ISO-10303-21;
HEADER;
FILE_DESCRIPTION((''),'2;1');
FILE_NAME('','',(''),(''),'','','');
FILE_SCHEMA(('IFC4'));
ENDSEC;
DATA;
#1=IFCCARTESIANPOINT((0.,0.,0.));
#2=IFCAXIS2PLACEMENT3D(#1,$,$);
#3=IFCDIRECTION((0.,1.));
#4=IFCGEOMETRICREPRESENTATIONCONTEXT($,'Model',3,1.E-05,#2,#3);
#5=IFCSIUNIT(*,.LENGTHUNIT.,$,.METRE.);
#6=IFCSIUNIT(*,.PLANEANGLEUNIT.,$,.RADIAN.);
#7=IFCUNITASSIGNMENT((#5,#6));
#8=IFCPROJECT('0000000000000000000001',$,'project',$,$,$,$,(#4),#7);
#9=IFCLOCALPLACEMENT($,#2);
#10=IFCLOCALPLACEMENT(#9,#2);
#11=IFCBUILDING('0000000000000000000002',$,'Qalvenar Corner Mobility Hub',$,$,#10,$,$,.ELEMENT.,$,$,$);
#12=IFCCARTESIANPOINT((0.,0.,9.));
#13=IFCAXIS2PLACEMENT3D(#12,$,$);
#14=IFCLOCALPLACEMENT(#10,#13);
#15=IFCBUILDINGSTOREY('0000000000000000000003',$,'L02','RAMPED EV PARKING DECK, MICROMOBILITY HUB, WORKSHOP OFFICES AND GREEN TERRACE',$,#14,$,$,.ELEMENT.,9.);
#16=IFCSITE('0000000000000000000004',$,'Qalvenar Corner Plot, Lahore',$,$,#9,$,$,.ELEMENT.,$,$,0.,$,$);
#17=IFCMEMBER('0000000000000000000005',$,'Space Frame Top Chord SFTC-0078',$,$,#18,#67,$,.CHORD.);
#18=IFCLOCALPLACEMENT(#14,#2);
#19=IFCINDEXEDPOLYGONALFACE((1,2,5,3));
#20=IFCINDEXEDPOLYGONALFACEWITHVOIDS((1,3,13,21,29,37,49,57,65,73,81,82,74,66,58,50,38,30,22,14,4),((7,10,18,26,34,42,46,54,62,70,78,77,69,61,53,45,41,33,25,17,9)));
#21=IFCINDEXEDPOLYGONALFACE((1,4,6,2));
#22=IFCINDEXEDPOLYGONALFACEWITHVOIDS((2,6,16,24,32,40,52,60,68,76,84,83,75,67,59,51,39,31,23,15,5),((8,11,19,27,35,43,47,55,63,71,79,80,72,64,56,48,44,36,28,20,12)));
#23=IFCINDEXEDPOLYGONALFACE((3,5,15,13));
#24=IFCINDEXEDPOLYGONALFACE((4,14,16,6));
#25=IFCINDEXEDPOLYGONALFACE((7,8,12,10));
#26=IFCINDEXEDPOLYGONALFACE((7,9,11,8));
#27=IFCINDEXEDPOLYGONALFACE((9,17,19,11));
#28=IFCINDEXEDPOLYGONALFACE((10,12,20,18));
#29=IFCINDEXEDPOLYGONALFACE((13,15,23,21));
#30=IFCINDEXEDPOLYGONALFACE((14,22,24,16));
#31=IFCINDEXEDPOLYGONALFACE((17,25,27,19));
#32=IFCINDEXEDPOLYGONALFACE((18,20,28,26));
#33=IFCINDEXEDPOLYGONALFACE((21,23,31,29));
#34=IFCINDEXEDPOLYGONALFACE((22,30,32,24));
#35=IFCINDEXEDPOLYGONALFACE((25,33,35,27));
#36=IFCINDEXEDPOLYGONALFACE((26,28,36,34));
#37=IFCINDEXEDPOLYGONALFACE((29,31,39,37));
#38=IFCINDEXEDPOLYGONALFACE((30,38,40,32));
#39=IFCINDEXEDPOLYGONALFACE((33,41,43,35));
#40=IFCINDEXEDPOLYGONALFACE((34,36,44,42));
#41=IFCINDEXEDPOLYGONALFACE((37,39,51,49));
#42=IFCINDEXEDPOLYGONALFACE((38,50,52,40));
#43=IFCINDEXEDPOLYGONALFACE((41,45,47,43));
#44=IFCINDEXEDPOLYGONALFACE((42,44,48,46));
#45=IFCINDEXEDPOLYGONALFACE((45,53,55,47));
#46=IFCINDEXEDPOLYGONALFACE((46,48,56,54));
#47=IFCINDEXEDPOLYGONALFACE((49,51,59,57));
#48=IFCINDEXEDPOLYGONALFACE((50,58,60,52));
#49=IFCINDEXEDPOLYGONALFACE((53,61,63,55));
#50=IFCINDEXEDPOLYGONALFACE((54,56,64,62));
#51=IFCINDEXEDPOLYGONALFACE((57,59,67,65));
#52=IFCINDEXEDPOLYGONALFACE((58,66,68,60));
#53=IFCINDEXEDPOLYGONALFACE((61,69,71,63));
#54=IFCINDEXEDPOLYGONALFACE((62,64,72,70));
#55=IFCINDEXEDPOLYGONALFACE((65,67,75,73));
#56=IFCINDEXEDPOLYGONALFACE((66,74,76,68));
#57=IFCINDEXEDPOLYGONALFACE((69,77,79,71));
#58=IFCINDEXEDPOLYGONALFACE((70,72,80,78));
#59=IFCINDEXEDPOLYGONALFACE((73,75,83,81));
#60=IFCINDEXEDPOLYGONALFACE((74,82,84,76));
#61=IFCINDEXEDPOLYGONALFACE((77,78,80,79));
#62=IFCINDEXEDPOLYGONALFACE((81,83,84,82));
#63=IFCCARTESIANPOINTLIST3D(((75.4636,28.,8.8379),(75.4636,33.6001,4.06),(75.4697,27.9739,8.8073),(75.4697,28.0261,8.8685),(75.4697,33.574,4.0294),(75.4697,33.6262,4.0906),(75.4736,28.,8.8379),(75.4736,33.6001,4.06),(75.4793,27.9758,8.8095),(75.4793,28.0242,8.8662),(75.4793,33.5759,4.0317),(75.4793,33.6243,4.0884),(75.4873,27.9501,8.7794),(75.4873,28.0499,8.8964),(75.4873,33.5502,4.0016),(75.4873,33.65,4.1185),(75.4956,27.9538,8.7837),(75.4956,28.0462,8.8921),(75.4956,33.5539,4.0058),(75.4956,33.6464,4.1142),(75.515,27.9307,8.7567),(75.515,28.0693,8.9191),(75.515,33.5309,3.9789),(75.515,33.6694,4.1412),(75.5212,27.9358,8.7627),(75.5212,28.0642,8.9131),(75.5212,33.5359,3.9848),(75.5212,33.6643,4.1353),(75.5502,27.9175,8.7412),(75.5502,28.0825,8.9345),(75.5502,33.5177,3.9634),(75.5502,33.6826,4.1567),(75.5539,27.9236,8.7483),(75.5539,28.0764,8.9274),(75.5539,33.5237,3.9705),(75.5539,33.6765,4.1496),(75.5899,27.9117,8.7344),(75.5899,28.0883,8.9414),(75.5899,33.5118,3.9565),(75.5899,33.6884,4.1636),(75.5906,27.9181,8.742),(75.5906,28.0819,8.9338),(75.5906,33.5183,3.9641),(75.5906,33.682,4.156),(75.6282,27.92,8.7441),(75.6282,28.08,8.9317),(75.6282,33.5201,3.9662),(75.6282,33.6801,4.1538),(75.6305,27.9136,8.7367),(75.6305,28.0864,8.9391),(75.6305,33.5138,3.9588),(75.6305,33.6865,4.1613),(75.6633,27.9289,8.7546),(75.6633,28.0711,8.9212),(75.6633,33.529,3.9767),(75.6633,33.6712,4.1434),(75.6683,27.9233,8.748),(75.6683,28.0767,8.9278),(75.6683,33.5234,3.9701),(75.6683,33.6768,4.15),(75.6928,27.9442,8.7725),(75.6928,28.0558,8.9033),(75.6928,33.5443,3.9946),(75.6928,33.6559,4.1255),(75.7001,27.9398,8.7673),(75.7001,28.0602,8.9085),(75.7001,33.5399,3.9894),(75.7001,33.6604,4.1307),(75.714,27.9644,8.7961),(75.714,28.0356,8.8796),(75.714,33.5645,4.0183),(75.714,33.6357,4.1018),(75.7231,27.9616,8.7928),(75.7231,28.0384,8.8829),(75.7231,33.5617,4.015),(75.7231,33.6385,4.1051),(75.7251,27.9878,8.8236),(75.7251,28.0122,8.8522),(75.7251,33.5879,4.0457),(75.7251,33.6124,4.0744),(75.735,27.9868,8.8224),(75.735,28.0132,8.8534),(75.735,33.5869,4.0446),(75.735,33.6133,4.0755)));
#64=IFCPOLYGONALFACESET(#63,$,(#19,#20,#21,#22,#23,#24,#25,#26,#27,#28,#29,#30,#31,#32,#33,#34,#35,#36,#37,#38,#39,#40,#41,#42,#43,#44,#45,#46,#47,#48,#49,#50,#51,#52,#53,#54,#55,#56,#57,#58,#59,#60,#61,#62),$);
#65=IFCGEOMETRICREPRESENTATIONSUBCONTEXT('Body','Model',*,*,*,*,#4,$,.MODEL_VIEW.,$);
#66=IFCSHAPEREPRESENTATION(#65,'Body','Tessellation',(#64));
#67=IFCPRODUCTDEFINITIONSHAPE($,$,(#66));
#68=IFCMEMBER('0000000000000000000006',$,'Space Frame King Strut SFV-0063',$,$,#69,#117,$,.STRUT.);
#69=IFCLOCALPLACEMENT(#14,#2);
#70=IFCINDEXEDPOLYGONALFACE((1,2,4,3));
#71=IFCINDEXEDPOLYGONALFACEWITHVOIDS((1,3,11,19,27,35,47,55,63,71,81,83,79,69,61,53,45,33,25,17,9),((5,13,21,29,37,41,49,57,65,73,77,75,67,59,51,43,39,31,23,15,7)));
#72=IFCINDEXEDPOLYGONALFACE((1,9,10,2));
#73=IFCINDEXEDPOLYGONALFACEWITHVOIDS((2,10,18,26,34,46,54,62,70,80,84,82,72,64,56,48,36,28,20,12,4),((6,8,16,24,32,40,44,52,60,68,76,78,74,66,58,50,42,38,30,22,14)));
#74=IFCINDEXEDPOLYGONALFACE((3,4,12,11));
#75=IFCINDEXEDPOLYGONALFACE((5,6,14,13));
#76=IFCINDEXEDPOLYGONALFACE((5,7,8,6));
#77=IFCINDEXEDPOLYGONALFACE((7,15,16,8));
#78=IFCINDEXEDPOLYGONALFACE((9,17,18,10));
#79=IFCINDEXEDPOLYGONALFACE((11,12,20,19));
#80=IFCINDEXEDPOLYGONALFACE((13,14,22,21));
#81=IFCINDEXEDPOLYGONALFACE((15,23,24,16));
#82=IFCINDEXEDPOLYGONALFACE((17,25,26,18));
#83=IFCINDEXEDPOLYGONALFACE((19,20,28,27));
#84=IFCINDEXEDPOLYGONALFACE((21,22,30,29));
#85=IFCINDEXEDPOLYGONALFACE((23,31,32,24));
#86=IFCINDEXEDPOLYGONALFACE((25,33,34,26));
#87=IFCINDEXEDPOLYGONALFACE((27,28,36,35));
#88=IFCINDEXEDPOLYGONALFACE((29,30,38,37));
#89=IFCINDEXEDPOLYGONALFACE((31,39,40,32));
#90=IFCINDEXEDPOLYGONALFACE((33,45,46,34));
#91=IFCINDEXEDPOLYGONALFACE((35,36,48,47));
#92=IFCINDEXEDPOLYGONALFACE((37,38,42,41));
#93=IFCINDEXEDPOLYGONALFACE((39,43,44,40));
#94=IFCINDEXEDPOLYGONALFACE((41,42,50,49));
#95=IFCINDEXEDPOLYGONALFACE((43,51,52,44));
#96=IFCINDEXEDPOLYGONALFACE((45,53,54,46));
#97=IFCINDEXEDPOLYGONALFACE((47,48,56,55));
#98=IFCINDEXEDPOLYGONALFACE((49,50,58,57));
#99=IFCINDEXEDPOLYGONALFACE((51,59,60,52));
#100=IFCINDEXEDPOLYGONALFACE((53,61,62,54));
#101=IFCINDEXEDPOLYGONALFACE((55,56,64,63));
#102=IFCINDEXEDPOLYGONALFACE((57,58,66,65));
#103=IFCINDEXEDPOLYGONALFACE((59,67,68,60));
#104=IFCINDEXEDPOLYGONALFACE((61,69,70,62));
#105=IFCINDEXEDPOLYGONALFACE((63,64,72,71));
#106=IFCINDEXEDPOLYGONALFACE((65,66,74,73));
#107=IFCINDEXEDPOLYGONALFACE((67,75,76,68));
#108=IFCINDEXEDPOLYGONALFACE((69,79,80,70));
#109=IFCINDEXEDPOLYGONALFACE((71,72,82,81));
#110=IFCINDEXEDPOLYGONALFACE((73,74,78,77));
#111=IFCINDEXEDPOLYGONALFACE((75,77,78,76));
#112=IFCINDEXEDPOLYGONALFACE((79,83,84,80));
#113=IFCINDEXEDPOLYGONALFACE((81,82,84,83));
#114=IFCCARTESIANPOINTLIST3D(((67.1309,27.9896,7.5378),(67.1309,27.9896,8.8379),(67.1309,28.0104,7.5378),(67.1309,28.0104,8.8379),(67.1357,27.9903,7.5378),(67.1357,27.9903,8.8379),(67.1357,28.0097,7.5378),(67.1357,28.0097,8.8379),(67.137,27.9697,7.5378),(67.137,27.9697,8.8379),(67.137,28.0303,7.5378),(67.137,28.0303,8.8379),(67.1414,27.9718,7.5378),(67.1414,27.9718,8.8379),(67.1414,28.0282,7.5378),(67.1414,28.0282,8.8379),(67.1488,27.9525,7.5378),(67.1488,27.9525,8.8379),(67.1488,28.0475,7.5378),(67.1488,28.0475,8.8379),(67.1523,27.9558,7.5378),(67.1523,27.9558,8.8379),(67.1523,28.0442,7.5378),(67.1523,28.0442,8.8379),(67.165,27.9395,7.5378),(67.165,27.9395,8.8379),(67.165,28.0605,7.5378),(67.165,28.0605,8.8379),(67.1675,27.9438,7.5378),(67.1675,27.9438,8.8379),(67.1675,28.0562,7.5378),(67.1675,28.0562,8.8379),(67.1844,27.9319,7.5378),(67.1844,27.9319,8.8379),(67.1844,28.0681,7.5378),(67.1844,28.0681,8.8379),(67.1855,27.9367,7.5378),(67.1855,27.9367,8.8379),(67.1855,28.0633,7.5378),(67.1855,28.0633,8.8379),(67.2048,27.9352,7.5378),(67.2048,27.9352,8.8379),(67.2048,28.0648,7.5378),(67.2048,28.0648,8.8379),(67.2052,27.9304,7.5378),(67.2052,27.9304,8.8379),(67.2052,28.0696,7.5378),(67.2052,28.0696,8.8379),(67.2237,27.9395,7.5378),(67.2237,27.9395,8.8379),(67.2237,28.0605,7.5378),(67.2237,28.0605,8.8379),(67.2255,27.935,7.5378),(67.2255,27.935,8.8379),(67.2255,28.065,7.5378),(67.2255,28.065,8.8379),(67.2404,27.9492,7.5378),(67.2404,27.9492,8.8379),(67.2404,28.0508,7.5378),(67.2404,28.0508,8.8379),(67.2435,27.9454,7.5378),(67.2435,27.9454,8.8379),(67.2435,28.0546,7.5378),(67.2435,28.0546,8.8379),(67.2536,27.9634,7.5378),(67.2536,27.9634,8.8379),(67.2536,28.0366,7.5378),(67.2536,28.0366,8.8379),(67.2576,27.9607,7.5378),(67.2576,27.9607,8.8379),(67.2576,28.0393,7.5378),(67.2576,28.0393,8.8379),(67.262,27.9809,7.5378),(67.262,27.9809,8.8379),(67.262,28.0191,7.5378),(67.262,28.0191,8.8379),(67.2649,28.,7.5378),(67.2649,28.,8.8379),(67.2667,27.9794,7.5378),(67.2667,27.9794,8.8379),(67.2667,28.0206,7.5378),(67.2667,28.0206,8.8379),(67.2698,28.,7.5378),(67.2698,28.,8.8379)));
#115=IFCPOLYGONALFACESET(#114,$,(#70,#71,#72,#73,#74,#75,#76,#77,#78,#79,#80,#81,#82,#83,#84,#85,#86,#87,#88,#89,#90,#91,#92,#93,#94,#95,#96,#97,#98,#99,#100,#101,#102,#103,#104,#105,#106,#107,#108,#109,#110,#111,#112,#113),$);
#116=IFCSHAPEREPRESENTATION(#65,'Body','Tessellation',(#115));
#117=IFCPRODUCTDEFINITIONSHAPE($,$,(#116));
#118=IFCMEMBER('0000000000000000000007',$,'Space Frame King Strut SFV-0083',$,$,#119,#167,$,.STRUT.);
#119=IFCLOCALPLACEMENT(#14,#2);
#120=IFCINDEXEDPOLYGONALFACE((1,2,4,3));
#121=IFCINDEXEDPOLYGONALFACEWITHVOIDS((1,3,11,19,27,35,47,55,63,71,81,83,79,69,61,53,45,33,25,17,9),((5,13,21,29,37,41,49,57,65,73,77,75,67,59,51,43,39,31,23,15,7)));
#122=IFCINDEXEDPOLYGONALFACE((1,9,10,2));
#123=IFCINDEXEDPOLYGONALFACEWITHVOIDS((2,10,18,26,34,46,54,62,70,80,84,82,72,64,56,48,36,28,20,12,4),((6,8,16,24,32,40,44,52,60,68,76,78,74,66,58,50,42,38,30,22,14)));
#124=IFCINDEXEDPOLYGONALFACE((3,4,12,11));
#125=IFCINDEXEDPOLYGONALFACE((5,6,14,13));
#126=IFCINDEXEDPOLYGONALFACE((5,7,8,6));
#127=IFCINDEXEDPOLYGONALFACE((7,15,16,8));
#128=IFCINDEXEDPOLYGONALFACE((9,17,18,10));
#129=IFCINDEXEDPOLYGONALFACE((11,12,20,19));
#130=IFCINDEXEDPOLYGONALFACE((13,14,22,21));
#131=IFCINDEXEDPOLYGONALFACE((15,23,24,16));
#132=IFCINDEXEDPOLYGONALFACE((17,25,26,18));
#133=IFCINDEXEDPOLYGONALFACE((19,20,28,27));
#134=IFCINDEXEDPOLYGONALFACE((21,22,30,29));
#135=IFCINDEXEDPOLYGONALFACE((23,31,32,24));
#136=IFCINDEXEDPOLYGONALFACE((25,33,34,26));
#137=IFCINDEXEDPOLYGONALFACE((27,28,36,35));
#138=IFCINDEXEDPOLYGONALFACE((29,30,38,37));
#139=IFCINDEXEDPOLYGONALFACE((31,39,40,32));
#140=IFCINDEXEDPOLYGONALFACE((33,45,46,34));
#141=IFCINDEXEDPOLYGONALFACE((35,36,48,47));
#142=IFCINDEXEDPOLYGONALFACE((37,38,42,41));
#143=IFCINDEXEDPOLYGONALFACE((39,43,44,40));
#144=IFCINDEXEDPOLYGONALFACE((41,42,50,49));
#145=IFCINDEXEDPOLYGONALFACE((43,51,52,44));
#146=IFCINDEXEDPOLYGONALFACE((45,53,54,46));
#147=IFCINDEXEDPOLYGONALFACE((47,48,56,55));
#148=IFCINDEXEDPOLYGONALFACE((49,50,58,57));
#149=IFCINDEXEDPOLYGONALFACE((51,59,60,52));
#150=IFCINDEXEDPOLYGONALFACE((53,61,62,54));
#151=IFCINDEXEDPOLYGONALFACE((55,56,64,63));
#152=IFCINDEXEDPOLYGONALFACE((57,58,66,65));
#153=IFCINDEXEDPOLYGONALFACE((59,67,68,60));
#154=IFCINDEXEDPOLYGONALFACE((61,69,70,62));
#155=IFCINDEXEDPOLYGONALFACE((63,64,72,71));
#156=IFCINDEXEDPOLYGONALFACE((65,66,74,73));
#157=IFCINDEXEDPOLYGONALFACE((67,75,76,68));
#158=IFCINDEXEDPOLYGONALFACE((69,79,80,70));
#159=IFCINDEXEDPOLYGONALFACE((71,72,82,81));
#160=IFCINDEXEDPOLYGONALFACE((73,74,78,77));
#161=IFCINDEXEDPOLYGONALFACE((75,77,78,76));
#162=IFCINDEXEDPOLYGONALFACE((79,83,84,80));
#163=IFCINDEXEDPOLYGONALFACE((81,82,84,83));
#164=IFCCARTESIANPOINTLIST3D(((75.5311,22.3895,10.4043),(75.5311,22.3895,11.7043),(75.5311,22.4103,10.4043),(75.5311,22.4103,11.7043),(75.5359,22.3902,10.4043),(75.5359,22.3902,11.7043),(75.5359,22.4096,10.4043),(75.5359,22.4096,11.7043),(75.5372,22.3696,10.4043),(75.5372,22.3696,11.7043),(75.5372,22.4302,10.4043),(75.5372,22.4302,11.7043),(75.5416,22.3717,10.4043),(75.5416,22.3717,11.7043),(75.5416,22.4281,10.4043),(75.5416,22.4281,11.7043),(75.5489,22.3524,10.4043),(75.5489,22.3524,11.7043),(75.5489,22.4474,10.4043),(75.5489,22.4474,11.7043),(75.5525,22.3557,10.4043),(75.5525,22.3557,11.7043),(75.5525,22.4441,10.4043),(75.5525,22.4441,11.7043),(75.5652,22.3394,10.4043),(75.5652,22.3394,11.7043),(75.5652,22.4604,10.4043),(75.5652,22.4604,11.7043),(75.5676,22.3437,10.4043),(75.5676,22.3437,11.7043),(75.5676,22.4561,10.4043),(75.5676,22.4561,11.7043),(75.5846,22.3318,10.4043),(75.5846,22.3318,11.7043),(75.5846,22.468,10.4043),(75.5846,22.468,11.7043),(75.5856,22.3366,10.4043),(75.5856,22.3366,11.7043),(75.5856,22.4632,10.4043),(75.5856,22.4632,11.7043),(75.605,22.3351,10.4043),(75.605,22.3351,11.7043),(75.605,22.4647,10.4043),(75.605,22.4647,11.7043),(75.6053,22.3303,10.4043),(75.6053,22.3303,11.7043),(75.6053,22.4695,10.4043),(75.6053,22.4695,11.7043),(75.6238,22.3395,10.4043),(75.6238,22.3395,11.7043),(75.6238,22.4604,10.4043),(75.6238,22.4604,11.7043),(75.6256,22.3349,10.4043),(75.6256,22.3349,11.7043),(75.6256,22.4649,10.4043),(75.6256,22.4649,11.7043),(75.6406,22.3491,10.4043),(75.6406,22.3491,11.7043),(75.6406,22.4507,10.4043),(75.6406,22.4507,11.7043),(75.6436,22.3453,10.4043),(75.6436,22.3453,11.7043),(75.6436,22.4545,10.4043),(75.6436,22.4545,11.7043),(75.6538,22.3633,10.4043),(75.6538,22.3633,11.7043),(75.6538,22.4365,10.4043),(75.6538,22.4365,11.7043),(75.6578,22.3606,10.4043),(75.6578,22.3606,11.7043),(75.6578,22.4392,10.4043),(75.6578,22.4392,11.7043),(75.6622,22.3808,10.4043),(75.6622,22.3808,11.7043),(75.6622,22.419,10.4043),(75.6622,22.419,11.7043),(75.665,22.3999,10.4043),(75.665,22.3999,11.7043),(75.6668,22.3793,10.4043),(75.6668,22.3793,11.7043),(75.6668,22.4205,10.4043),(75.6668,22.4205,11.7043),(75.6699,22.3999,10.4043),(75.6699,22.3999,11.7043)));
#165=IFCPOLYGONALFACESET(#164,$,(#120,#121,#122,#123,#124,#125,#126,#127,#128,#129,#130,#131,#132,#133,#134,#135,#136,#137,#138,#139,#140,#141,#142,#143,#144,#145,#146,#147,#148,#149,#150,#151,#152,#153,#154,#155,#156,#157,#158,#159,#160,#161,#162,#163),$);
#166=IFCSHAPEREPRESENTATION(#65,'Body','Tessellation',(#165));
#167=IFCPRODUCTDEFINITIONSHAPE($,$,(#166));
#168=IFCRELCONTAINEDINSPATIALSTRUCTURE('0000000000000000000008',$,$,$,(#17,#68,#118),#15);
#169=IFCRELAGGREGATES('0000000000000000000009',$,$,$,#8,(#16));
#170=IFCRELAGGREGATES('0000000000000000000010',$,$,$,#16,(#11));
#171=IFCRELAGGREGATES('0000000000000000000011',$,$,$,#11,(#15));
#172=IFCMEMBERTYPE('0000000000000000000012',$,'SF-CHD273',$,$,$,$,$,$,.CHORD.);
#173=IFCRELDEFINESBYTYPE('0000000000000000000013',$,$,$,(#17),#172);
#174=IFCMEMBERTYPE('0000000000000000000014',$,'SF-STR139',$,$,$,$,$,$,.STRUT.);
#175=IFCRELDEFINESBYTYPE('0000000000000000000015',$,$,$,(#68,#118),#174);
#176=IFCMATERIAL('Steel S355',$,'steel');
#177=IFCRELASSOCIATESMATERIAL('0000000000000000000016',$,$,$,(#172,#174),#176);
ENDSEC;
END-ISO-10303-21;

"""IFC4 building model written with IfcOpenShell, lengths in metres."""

from ifc_helpers import new_model, si_unit, direction, frame, origin, origin_2d, place, context, subcontext, project, spatial, hollow_circle, extrude, material, material_profile, profile_set, type_object, element, save


model = new_model("IFC4")

# Units and contexts
model_context = context("Model", 3, precision=1e-05, world=origin(), true_north=direction((0.0, 1.0)))
body_context = subcontext(model_context, "Body", "Model", "MODEL_VIEW")
ifc_project = project(units=[si_unit("LENGTHUNIT", "METRE"), si_unit("PLANEANGLEUNIT", "RADIAN")], contexts=[model_context])

# Site, building, storey
site_placement = place(None, origin())
site = spatial("IfcSite", under=ifc_project, at=site_placement, Name="Qalvenar Corner Plot, Lahore", CompositionType="ELEMENT", RefElevation=0.0)
building_placement = place(site_placement, origin())
building = spatial("IfcBuilding", under=site, at=building_placement, Name="Qalvenar Corner Mobility Hub", CompositionType="ELEMENT")
storey_placement = place(building_placement, frame((0.0, 0.0, 9.0)))
storey = spatial("IfcBuildingStorey", under=building, at=storey_placement, Name="L02", Description="RAMPED EV PARKING DECK, MICROMOBILITY HUB, WORKSHOP OFFICES AND GREEN TERRACE", CompositionType="ELEMENT", Elevation=9.0)

# Members
ifc_material_1 = material(Name="Steel S355", Category="steel")
ifc_material_profile_1 = material_profile(ifc_material_1, hollow_circle(Radius=0.1365, WallThickness=0.01, at=origin_2d()), Name="CHS273x10")
ifc_profile_set_1 = profile_set([ifc_material_profile_1], Name="Steel S355")
member_type_1 = type_object("IfcMemberType", Name="SF-CHD273", PredefinedType="CHORD", material=ifc_profile_set_1)
for number, where, z_axis, x_axis, name in (
    (1, (75.6001, 28.0, 8.8379), (0.0, 0.760748, -0.649047), (-1.0, 0.0, 0.0), "Space Frame Top Chord SFTC-0078"),
):
    element("IfcMember", number, at=place(storey_placement, frame(where, z_axis=z_axis, x_axis=x_axis)), inside=storey, type_object=member_type_1, Name=name, PredefinedType="CHORD", context=body_context, shape_type="SweptSolid", body=[
        extrude(hollow_circle(Radius=0.1365, WallThickness=0.01, at=origin_2d()), origin(), (0.0, 0.0, 1.0), 7.3613),
    ])
ifc_material_profile_2 = material_profile(ifc_material_1, hollow_circle(Radius=0.0698, WallThickness=0.0049, at=origin_2d()), Name="CHS139.7x5")
ifc_profile_set_2 = profile_set([ifc_material_profile_2], Name="Steel S355")
member_type_2 = type_object("IfcMemberType", Name="SF-STR139", PredefinedType="STRUT", material=ifc_profile_set_2)
for number, where, z_axis, x_axis, name in (
    (2, (67.2, 28.0, 7.5378), (0.0, 0.0, 1.0), (1.0, 0.0, 0.0), "Space Frame King Strut SFV-0063"),
    (3, (75.6001, 22.3999, 10.4043), (0.0, 0.0, 1.0), (1.0, 0.0, 0.0), "Space Frame King Strut SFV-0083"),
):
    element("IfcMember", number, at=place(storey_placement, frame(where, z_axis=z_axis, x_axis=x_axis)), inside=storey, type_object=member_type_2, Name=name, PredefinedType="STRUT", context=body_context, shape_type="SweptSolid", body=[
        extrude(hollow_circle(Radius=0.0698, WallThickness=0.0049, at=origin_2d()), origin(), (0.0, 0.0, 1.0), 1.3),
    ])

save(model, "model.ifc")
